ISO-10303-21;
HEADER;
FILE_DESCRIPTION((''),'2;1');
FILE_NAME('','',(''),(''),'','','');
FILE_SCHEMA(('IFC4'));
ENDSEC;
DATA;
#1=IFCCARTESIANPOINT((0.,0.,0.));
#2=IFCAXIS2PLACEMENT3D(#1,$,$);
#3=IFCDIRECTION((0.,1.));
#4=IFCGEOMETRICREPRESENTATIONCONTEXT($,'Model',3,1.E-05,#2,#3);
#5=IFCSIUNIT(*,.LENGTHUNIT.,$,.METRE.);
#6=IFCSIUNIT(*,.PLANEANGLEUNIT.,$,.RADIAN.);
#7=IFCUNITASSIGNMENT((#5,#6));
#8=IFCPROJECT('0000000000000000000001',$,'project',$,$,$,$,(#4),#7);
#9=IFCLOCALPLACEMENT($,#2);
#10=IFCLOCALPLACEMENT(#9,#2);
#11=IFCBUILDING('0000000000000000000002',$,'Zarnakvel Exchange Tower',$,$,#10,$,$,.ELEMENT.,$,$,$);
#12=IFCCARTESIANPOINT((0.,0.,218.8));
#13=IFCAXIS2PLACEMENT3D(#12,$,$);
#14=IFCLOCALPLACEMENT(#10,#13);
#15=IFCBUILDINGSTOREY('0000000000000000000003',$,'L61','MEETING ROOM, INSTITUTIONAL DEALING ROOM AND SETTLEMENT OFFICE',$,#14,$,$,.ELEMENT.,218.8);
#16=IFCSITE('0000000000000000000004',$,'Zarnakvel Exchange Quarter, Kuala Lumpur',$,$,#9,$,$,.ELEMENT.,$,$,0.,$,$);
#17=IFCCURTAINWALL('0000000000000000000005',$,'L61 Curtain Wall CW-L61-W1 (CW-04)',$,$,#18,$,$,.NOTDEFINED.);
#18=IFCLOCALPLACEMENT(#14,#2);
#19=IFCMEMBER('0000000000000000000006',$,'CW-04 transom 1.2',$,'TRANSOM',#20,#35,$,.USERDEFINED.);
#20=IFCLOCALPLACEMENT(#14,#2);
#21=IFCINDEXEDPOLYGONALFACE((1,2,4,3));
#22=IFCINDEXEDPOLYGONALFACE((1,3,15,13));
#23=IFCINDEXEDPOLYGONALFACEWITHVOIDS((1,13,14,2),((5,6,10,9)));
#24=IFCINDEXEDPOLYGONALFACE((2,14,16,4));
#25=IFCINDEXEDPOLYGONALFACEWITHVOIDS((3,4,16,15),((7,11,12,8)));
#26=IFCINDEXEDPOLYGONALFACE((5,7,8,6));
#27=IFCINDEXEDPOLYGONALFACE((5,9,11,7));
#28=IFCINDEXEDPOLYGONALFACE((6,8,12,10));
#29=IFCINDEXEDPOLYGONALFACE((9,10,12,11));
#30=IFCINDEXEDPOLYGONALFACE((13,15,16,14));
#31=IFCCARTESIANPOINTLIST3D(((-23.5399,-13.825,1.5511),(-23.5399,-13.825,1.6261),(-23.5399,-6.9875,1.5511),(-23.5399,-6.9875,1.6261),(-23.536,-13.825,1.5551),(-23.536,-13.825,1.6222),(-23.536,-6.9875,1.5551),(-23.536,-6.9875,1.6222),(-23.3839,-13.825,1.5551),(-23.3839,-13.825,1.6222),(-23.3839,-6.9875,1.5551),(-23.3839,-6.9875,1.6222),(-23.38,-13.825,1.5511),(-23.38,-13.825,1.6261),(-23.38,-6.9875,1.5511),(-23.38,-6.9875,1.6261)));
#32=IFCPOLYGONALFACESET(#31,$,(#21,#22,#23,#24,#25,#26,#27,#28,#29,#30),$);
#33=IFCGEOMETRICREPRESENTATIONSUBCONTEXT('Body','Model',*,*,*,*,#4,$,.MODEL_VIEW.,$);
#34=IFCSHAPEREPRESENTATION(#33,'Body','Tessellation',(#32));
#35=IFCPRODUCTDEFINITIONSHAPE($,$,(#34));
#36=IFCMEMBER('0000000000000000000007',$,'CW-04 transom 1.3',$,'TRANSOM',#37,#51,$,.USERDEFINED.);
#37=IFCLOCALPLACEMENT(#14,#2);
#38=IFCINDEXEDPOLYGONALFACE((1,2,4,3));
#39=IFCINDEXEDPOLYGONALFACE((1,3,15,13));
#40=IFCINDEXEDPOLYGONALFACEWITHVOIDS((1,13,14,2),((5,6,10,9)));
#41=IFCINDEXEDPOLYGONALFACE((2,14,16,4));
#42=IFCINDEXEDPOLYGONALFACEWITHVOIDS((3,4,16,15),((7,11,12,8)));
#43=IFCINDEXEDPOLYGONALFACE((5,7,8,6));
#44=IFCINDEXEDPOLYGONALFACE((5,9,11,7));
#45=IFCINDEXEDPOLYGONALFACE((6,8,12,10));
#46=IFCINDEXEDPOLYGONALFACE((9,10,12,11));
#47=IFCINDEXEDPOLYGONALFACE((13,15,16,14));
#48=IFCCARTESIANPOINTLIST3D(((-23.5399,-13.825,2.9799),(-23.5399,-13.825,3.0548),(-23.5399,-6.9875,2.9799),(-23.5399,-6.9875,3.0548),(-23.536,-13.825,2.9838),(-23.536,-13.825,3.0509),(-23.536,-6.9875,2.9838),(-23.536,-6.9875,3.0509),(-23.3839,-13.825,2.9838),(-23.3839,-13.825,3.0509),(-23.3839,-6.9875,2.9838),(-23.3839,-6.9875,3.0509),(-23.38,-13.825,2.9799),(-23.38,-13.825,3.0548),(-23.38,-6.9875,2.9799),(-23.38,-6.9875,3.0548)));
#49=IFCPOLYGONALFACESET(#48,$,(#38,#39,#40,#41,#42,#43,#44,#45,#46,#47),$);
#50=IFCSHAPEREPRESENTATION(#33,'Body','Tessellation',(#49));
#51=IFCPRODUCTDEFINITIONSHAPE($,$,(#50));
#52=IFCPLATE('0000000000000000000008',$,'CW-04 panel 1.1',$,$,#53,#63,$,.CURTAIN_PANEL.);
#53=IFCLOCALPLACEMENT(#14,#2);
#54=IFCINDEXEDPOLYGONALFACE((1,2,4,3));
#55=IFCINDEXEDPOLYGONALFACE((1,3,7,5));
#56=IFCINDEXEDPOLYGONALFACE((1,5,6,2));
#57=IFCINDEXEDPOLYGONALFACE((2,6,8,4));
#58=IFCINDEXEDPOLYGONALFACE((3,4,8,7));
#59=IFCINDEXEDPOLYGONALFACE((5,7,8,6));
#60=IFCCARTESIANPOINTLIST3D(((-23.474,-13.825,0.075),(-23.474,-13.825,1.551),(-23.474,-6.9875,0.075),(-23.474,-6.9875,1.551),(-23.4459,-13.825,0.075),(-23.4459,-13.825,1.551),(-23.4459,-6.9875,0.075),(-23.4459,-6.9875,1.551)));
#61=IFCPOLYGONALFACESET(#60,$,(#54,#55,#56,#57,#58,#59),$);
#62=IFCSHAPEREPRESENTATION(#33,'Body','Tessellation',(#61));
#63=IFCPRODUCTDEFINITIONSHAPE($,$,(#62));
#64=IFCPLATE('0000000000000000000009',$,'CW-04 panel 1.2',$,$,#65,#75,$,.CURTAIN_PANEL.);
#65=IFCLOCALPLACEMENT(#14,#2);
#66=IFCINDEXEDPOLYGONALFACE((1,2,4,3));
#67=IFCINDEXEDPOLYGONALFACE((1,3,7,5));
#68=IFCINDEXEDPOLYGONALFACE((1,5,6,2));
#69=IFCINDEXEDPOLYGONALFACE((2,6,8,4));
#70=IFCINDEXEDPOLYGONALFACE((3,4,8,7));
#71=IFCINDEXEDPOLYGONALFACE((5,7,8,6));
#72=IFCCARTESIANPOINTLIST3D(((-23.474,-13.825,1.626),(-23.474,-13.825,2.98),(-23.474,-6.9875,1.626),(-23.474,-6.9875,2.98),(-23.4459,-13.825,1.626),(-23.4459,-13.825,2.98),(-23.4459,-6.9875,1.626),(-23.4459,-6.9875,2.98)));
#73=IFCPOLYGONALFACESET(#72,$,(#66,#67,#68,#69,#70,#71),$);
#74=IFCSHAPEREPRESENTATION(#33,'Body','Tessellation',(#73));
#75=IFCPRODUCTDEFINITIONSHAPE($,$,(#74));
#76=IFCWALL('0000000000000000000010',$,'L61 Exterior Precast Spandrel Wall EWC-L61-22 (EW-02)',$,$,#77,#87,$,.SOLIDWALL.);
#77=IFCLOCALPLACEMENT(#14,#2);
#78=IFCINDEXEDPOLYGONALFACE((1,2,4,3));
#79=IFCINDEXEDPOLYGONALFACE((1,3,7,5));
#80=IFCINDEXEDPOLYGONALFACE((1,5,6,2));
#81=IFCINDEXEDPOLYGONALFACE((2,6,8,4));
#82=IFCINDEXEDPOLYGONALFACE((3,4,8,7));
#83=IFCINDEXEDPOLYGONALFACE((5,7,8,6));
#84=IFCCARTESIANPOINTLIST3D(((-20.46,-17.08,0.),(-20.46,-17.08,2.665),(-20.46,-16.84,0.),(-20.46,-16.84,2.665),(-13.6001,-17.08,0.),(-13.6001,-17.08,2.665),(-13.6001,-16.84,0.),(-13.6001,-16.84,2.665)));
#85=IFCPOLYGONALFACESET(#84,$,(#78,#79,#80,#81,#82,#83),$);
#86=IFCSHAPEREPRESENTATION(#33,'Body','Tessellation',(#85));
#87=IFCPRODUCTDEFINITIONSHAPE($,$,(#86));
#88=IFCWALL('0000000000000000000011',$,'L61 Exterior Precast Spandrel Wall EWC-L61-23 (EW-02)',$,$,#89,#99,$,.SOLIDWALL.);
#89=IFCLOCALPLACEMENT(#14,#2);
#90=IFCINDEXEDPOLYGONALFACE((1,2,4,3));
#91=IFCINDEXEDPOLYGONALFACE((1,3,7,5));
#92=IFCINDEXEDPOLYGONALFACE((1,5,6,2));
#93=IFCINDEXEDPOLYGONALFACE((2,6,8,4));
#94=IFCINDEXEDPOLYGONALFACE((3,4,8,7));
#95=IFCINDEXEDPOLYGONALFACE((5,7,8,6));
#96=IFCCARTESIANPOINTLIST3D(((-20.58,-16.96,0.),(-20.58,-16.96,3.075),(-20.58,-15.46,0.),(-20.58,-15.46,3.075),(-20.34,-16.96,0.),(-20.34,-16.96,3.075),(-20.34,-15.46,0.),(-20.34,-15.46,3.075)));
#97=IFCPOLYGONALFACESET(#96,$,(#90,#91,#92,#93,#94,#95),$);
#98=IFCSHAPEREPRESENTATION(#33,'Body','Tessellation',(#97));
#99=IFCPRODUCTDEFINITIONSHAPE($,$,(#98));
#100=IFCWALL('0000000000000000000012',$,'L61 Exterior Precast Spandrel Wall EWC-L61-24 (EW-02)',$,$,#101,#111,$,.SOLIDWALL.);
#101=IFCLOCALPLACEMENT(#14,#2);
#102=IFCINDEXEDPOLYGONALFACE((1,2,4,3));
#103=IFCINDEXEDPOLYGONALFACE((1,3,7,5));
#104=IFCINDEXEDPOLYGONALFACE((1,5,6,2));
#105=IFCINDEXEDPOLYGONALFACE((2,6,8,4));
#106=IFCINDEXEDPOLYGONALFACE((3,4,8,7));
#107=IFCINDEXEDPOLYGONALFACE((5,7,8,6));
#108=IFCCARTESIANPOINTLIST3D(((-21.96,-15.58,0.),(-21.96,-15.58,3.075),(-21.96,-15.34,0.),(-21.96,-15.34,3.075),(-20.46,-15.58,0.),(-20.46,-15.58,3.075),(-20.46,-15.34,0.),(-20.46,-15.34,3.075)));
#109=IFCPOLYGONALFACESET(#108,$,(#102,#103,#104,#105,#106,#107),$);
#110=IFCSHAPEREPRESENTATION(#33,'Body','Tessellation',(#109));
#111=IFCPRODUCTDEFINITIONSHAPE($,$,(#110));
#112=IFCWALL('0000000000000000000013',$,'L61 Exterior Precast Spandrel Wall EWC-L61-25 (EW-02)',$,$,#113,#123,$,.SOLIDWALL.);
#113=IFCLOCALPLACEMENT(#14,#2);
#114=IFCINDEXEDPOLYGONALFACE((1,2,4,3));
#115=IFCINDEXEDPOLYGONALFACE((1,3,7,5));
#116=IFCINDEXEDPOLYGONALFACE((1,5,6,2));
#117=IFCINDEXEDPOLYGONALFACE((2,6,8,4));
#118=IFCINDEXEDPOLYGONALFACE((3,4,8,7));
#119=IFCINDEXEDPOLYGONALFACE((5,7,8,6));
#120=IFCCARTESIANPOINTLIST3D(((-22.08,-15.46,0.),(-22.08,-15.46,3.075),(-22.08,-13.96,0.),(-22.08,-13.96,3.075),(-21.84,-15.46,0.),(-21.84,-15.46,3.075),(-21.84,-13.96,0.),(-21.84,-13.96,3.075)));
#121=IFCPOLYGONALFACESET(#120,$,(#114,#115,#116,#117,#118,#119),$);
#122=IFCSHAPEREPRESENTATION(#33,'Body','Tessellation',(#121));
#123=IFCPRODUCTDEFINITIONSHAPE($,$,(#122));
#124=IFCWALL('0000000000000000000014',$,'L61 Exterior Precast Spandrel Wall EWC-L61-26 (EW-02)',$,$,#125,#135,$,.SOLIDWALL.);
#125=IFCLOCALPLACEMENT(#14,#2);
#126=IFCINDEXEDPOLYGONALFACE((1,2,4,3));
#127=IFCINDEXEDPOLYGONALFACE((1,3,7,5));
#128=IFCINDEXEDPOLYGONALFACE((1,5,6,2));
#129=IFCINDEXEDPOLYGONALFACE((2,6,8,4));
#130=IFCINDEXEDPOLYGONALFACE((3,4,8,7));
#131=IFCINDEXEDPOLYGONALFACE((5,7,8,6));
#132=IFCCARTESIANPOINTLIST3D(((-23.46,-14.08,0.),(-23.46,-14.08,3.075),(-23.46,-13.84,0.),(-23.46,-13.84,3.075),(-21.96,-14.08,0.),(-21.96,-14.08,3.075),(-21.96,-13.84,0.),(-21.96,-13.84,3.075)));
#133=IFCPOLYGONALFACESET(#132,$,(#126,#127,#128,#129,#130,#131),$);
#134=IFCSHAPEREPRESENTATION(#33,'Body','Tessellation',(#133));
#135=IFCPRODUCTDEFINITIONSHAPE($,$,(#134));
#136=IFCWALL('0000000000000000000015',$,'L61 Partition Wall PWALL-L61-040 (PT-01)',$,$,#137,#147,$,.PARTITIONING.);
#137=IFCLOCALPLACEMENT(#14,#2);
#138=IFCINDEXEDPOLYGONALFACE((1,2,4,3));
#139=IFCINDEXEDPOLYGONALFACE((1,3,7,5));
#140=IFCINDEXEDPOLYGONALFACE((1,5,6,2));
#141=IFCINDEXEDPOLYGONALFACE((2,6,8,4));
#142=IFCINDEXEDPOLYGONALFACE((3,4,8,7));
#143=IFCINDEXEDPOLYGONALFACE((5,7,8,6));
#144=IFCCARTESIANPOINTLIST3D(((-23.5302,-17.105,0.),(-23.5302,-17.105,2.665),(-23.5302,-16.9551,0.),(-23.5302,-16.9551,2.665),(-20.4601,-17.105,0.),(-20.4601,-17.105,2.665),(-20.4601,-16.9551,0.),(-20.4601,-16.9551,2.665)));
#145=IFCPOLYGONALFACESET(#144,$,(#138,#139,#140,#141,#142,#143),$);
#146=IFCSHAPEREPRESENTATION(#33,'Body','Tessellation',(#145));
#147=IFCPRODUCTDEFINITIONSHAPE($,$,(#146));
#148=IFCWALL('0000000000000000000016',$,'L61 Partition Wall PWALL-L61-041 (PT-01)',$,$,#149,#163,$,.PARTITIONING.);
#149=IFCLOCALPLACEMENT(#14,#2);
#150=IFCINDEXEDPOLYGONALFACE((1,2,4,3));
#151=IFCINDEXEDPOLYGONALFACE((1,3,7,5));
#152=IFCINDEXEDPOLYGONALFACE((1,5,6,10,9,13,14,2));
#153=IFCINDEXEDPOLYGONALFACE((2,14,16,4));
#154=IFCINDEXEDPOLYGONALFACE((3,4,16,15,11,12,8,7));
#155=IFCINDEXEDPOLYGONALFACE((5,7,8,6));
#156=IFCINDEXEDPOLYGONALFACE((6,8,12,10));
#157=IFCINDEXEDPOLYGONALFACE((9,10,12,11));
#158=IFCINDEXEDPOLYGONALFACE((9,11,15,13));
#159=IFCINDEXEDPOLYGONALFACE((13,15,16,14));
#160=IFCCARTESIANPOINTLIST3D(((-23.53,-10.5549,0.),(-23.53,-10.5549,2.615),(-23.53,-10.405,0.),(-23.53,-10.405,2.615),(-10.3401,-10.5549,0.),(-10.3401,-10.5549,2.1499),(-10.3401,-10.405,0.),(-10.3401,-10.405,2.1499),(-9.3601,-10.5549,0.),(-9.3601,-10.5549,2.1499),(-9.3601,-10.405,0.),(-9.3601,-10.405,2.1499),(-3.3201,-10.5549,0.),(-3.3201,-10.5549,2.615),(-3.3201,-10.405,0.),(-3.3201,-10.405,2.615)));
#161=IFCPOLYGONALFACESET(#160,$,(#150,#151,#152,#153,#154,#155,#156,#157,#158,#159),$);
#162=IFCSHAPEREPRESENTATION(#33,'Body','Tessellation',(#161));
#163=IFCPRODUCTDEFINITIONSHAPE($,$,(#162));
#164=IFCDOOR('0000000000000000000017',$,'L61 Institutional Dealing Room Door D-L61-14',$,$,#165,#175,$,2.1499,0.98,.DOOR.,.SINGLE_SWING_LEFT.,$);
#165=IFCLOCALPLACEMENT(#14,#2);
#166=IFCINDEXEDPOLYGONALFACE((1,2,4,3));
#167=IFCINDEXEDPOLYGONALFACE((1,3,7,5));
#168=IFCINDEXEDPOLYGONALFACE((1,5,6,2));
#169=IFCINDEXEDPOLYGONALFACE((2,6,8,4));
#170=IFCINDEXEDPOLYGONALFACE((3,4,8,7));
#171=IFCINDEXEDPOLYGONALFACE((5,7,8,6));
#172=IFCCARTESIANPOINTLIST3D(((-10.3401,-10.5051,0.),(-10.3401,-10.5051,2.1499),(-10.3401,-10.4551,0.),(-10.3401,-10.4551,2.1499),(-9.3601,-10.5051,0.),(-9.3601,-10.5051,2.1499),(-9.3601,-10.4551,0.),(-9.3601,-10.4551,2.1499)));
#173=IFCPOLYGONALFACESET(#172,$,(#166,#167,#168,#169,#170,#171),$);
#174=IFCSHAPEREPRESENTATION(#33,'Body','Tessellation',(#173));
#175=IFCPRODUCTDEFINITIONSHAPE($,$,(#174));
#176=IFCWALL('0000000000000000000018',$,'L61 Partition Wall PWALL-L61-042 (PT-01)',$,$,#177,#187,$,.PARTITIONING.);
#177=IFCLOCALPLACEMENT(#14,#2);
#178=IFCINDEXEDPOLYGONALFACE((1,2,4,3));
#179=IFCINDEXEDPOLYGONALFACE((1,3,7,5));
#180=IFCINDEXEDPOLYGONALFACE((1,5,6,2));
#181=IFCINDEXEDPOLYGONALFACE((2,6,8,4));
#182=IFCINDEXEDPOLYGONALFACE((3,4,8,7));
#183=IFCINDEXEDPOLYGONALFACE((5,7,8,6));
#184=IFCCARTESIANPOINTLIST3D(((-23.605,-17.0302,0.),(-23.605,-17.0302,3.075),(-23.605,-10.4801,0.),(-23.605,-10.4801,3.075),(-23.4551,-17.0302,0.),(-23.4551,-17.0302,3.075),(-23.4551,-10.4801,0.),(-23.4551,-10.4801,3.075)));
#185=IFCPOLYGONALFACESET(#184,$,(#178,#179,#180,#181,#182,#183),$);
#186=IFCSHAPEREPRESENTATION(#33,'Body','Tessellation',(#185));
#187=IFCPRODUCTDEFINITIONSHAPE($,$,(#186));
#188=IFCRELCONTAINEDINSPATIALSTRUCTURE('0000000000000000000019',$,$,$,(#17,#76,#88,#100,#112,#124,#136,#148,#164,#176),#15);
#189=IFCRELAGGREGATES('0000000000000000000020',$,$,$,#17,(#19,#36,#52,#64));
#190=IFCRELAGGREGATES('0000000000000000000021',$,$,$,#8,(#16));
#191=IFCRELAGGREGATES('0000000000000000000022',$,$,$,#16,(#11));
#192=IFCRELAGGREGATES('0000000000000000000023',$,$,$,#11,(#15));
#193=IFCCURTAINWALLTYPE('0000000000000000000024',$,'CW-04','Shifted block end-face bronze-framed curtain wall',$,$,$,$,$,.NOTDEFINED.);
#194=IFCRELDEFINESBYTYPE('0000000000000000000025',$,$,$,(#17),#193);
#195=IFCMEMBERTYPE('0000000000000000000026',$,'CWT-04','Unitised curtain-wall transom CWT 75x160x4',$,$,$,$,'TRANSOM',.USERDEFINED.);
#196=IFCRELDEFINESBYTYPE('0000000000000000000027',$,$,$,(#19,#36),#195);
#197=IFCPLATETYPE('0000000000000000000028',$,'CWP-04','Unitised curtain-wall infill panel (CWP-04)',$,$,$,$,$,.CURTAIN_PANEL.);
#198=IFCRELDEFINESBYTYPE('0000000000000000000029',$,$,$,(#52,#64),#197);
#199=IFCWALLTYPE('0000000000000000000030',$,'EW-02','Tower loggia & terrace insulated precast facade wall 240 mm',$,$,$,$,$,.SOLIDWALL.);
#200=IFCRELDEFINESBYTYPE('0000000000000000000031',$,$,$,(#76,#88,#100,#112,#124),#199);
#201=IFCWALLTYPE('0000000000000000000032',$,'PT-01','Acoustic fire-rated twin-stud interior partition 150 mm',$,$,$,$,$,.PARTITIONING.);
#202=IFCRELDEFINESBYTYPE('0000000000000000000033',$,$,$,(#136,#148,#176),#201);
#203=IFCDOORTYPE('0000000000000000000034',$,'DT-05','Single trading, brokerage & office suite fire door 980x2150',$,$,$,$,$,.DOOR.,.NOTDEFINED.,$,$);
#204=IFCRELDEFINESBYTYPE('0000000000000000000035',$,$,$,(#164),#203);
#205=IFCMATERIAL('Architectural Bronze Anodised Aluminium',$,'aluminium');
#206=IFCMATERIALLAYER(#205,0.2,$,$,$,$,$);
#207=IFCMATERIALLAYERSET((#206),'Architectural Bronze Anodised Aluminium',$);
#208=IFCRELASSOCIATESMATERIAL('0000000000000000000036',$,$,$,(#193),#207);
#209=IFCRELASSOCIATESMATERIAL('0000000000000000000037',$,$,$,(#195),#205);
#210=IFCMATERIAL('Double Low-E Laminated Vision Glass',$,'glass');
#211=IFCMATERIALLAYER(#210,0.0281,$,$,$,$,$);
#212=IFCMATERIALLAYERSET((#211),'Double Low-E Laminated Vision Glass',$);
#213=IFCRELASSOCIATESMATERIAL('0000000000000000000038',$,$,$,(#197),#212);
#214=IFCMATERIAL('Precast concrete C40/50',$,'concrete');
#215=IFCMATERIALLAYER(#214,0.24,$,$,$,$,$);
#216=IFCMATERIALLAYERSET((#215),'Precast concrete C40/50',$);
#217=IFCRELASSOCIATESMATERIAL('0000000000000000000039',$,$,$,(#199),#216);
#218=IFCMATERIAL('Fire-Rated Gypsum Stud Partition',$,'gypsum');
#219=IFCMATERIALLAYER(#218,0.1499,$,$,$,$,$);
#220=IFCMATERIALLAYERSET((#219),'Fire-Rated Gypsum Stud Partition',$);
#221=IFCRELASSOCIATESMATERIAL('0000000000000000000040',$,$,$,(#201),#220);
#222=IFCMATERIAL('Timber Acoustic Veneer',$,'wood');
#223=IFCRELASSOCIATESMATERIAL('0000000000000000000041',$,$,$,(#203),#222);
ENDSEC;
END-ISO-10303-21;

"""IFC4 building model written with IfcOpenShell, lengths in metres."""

from ifc_helpers import new_model, si_unit, direction, frame, frame_2d, origin, origin_2d, place, context, subcontext, project, spatial, rectangle, hollow_rectangle, extrude, source, transform, mapped, material, layer, layer_set, material_profile, profile_set, type_object, element, fill, aggregate, save


model = new_model("IFC4")

# Units and contexts
model_context = context("Model", 3, precision=1e-05, world=origin(), true_north=direction((0.0, 1.0)))
body_context = subcontext(model_context, "Body", "Model", "MODEL_VIEW")
ifc_project = project(units=[si_unit("LENGTHUNIT", "METRE"), si_unit("PLANEANGLEUNIT", "RADIAN")], contexts=[model_context])

# Site, building, storey
site_placement = place(None, origin())
site = spatial("IfcSite", under=ifc_project, at=site_placement, Name="Zarnakvel Exchange Quarter, Kuala Lumpur", CompositionType="ELEMENT", RefElevation=0.0)
building_placement = place(site_placement, origin())
building = spatial("IfcBuilding", under=site, at=building_placement, Name="Zarnakvel Exchange Tower", CompositionType="ELEMENT")
storey_placement = place(building_placement, frame((0.0, 0.0, 218.8)))
storey = spatial("IfcBuildingStorey", under=building, at=storey_placement, Name="L61", Description="MEETING ROOM, INSTITUTIONAL DEALING ROOM AND SETTLEMENT OFFICE", CompositionType="ELEMENT", Elevation=218.8)

# Curtain wall, members, plates
ifc_material_1 = material(Name="Architectural Bronze Anodised Aluminium", Category="aluminium")
ifc_layer_1 = layer(ifc_material_1, 0.2)
ifc_layer_set_1 = layer_set([ifc_layer_1], Name="Architectural Bronze Anodised Aluminium")
curtain_wall_type = type_object("IfcCurtainWallType", Name="CW-04", Description="Shifted block end-face bronze-framed curtain wall", PredefinedType="NOTDEFINED", material=ifc_layer_set_1)
curtain_wall_placement = place(storey_placement, origin())
curtain_wall = element("IfcCurtainWall", 1, at=curtain_wall_placement, inside=storey, type_object=curtain_wall_type, Name="L61 Curtain Wall CW-L61-W1 (CW-04)", PredefinedType="NOTDEFINED")
ifc_material_profile_1 = material_profile(ifc_material_1, hollow_rectangle(XDim=0.1599, YDim=0.075, WallThickness=0.0039, at=origin_2d()))
ifc_profile_set_1 = profile_set([ifc_material_profile_1], Name="Architectural Bronze Anodised Aluminium")
member_type_1 = type_object("IfcMemberType", Name="CWT-04", Description="Unitised curtain-wall transom CWT 75x160x4", ElementType="TRANSOM", PredefinedType="USERDEFINED", material=ifc_profile_set_1)
shared_shape_1 = source(origin(), body_context, "Body", "SweptSolid", [
    extrude(hollow_rectangle(XDim=0.1599, YDim=0.075, WallThickness=0.0039, at=origin_2d()), origin(), (0.0, 0.0, 1.0), 6.8374),
])
member_1_placement = place(storey_placement, frame((-23.46, -13.825, 1.5886), z_axis=(0.0, 1.0, 0.0), x_axis=(-1.0, 0.0, 0.0)))
member_1 = element("IfcMember", 2, at=member_1_placement, type_object=member_type_1, Name="CW-04 transom 1.2", ObjectType="TRANSOM", PredefinedType="USERDEFINED", context=body_context, shape_type="MappedRepresentation", body=[
    mapped(shared_shape_1, transform((0.0, 0.0, 0.0), x_axis=(1.0, 0.0, 0.0), y_axis=(0.0, 1.0, 0.0), z_axis=(0.0, 0.0, 1.0), scale=1.0)),
])
member_2_placement = place(storey_placement, frame((-23.46, -13.825, 3.0173), z_axis=(0.0, 1.0, 0.0), x_axis=(-1.0, 0.0, 0.0)))
member_2 = element("IfcMember", 3, at=member_2_placement, type_object=member_type_1, Name="CW-04 transom 1.3", ObjectType="TRANSOM", PredefinedType="USERDEFINED", context=body_context, shape_type="MappedRepresentation", body=[
    mapped(shared_shape_1, transform((0.0, 0.0, 0.0), x_axis=(1.0, 0.0, 0.0), y_axis=(0.0, 1.0, 0.0), z_axis=(0.0, 0.0, 1.0), scale=1.0)),
])
ifc_material_2 = material(Name="Double Low-E Laminated Vision Glass", Category="glass")
ifc_layer_2 = layer(ifc_material_2, 0.0281)
ifc_layer_set_2 = layer_set([ifc_layer_2], Name="Double Low-E Laminated Vision Glass")
plate_type = type_object("IfcPlateType", Name="CWP-04", Description="Unitised curtain-wall infill panel (CWP-04)", PredefinedType="CURTAIN_PANEL", material=ifc_layer_set_2)
shared_shape_2 = source(origin(), body_context, "Body", "SweptSolid", [
    extrude(rectangle(XDim=6.8374, YDim=0.0281, at=origin_2d()), origin(), (0.0, 0.0, 1.0), 1.4761),
])
plate_1_placement = place(storey_placement, frame((-23.46, -10.4062, 0.075), z_axis=(0.0, 0.0, 1.0), x_axis=(0.0, 1.0, 0.0)))
plate_1 = element("IfcPlate", 4, at=plate_1_placement, type_object=plate_type, Name="CW-04 panel 1.1", PredefinedType="CURTAIN_PANEL", context=body_context, shape_type="MappedRepresentation", body=[
    mapped(shared_shape_2, transform((0.0, 0.0, 0.0), x_axis=(1.0, 0.0, 0.0), y_axis=(0.0, 1.0, 0.0), z_axis=(0.0, 0.0, 1.0), scale=1.0)),
])
shared_shape_3 = source(origin(), body_context, "Body", "SweptSolid", [
    extrude(rectangle(XDim=6.8374, YDim=0.0281, at=origin_2d()), origin(), (0.0, 0.0, 1.0), 1.354),
])
plate_2_placement = place(storey_placement, frame((-23.46, -10.4062, 1.626), z_axis=(0.0, 0.0, 1.0), x_axis=(0.0, 1.0, 0.0)))
plate_2 = element("IfcPlate", 5, at=plate_2_placement, type_object=plate_type, Name="CW-04 panel 1.2", PredefinedType="CURTAIN_PANEL", context=body_context, shape_type="MappedRepresentation", body=[
    mapped(shared_shape_3, transform((0.0, 0.0, 0.0), x_axis=(1.0, 0.0, 0.0), y_axis=(0.0, 1.0, 0.0), z_axis=(0.0, 0.0, 1.0), scale=1.0)),
])
aggregate(curtain_wall, [member_1, member_2, plate_1, plate_2])

# Walls
ifc_material_3 = material(Name="Precast concrete C40/50", Category="concrete")
ifc_layer_3 = layer(ifc_material_3, 0.24)
ifc_layer_set_3 = layer_set([ifc_layer_3], Name="Precast concrete C40/50")
wall_type_1 = type_object("IfcWallType", Name="EW-02", Description="Tower loggia & terrace insulated precast facade wall 240 mm", PredefinedType="SOLIDWALL", material=ifc_layer_set_3)
wall_1_placement = place(storey_placement, frame((-20.46, -16.96, 0.0), z_axis=(0.0, 0.0, 1.0), x_axis=(1.0, 0.0, 0.0)))
element("IfcWall", 6, at=wall_1_placement, inside=storey, type_object=wall_type_1, Name="L61 Exterior Precast Spandrel Wall EWC-L61-22 (EW-02)", PredefinedType="SOLIDWALL", context=body_context, shape_type="SweptSolid", body=[
    extrude(rectangle(XDim=6.8599, YDim=0.24, at=frame_2d((3.4299, 0.0))), origin(), (0.0, 0.0, 1.0), 2.665),
])
for number, where, z_axis, x_axis, name in (
    (7, (-20.46, -15.46, 0.0), (0.0, 0.0, 1.0), (0.0, -1.0, 0.0), "L61 Exterior Precast Spandrel Wall EWC-L61-23 (EW-02)"),
    (8, (-21.96, -15.46, 0.0), (0.0, 0.0, 1.0), (1.0, 0.0, 0.0), "L61 Exterior Precast Spandrel Wall EWC-L61-24 (EW-02)"),
    (9, (-21.96, -13.96, 0.0), (0.0, 0.0, 1.0), (0.0, -1.0, 0.0), "L61 Exterior Precast Spandrel Wall EWC-L61-25 (EW-02)"),
    (10, (-23.46, -13.96, 0.0), (0.0, 0.0, 1.0), (1.0, 0.0, 0.0), "L61 Exterior Precast Spandrel Wall EWC-L61-26 (EW-02)"),
):
    element("IfcWall", number, at=place(storey_placement, frame(where, z_axis=z_axis, x_axis=x_axis)), inside=storey, type_object=wall_type_1, Name=name, PredefinedType="SOLIDWALL", context=body_context, shape_type="SweptSolid", body=[
        extrude(rectangle(XDim=1.5, YDim=0.24, at=frame_2d((0.75, 0.0))), origin(), (0.0, 0.0, 1.0), 3.075),
    ])
ifc_material_4 = material(Name="Fire-Rated Gypsum Stud Partition", Category="gypsum")
ifc_layer_4 = layer(ifc_material_4, 0.1499)
ifc_layer_set_4 = layer_set([ifc_layer_4], Name="Fire-Rated Gypsum Stud Partition")
wall_type_2 = type_object("IfcWallType", Name="PT-01", Description="Acoustic fire-rated twin-stud interior partition 150 mm", PredefinedType="PARTITIONING", material=ifc_layer_set_4)
wall_2_placement = place(storey_placement, frame((-20.46, -17.03, 0.0), z_axis=(0.0, 0.0, 1.0), x_axis=(-1.0, 0.0, 0.0)))
element("IfcWall", 11, at=wall_2_placement, inside=storey, type_object=wall_type_2, Name="L61 Partition Wall PWALL-L61-040 (PT-01)", PredefinedType="PARTITIONING", context=body_context, shape_type="SweptSolid", body=[
    extrude(rectangle(XDim=3.0701, YDim=0.1499, at=frame_2d((1.5352, 0.0))), origin(), (0.0, 0.0, 1.0), 2.665),
])

# Wall, opening, door
wall_3_placement = place(storey_placement, frame((-23.53, -10.48, 0.0), z_axis=(0.0, 0.0, 1.0), x_axis=(1.0, 0.0, 0.0)))
wall_3 = element("IfcWall", 12, at=wall_3_placement, inside=storey, type_object=wall_type_2, Name="L61 Partition Wall PWALL-L61-041 (PT-01)", PredefinedType="PARTITIONING", context=body_context, shape_type="SweptSolid", body=[
    extrude(rectangle(XDim=20.21, YDim=0.1499, at=frame_2d((10.105, 0.0))), origin(), (0.0, 0.0, 1.0), 2.615),
])
opening_placement = place(wall_3_placement, frame((13.1899, 0.0, 0.0)))
opening = element("IfcOpeningElement", 13, at=opening_placement, cuts=wall_3, PredefinedType="OPENING", context=body_context, shape_type="SweptSolid", body=[
    extrude(rectangle(XDim=0.98, YDim=2.1499, at=frame_2d((0.49, 1.075))), frame((0.0, 0.085, 0.0), z_axis=(0.0, -1.0, 0.0), x_axis=(1.0, 0.0, 0.0)), (0.0, 0.0, 1.0), 0.1699),
])
ifc_material_5 = material(Name="Timber Acoustic Veneer", Category="wood")
door_type = type_object("IfcDoorType", Name="DT-05", Description="Single trading, brokerage & office suite fire door 980x2150", OperationType="NOTDEFINED", PredefinedType="DOOR", material=ifc_material_5)
shared_shape_4 = source(origin(), body_context, "Body", "SweptSolid", [
    extrude(rectangle(XDim=0.98, YDim=2.1499, at=frame_2d((0.49, 1.075))), frame((0.0, 0.0249, 0.0), z_axis=(0.0, -1.0, 0.0), x_axis=(1.0, 0.0, 0.0)), (0.0, 0.0, 1.0), 0.05),
])
door_placement = place(opening_placement, origin())
door = element("IfcDoor", 14, at=door_placement, inside=storey, type_object=door_type, Name="L61 Institutional Dealing Room Door D-L61-14", OperationType="SINGLE_SWING_LEFT", OverallHeight=2.1499, OverallWidth=0.98, PredefinedType="DOOR", context=body_context, shape_type="MappedRepresentation", body=[
    mapped(shared_shape_4, transform((0.0, 0.0, 0.0), x_axis=(1.0, 0.0, 0.0), y_axis=(0.0, 1.0, 0.0), z_axis=(0.0, 0.0, 1.0), scale=1.0)),
])
fill(opening, door)

# Wall
wall_4_placement = place(storey_placement, frame((-23.53, -17.03, 0.0), z_axis=(0.0, 0.0, 1.0), x_axis=(0.0, 1.0, 0.0)))
element("IfcWall", 15, at=wall_4_placement, inside=storey, type_object=wall_type_2, Name="L61 Partition Wall PWALL-L61-042 (PT-01)", PredefinedType="PARTITIONING", context=body_context, shape_type="SweptSolid", body=[
    extrude(rectangle(XDim=6.55, YDim=0.1499, at=frame_2d((3.2749, 0.0))), origin(), (0.0, 0.0, 1.0), 3.075),
])

save(model, "model.ifc")
